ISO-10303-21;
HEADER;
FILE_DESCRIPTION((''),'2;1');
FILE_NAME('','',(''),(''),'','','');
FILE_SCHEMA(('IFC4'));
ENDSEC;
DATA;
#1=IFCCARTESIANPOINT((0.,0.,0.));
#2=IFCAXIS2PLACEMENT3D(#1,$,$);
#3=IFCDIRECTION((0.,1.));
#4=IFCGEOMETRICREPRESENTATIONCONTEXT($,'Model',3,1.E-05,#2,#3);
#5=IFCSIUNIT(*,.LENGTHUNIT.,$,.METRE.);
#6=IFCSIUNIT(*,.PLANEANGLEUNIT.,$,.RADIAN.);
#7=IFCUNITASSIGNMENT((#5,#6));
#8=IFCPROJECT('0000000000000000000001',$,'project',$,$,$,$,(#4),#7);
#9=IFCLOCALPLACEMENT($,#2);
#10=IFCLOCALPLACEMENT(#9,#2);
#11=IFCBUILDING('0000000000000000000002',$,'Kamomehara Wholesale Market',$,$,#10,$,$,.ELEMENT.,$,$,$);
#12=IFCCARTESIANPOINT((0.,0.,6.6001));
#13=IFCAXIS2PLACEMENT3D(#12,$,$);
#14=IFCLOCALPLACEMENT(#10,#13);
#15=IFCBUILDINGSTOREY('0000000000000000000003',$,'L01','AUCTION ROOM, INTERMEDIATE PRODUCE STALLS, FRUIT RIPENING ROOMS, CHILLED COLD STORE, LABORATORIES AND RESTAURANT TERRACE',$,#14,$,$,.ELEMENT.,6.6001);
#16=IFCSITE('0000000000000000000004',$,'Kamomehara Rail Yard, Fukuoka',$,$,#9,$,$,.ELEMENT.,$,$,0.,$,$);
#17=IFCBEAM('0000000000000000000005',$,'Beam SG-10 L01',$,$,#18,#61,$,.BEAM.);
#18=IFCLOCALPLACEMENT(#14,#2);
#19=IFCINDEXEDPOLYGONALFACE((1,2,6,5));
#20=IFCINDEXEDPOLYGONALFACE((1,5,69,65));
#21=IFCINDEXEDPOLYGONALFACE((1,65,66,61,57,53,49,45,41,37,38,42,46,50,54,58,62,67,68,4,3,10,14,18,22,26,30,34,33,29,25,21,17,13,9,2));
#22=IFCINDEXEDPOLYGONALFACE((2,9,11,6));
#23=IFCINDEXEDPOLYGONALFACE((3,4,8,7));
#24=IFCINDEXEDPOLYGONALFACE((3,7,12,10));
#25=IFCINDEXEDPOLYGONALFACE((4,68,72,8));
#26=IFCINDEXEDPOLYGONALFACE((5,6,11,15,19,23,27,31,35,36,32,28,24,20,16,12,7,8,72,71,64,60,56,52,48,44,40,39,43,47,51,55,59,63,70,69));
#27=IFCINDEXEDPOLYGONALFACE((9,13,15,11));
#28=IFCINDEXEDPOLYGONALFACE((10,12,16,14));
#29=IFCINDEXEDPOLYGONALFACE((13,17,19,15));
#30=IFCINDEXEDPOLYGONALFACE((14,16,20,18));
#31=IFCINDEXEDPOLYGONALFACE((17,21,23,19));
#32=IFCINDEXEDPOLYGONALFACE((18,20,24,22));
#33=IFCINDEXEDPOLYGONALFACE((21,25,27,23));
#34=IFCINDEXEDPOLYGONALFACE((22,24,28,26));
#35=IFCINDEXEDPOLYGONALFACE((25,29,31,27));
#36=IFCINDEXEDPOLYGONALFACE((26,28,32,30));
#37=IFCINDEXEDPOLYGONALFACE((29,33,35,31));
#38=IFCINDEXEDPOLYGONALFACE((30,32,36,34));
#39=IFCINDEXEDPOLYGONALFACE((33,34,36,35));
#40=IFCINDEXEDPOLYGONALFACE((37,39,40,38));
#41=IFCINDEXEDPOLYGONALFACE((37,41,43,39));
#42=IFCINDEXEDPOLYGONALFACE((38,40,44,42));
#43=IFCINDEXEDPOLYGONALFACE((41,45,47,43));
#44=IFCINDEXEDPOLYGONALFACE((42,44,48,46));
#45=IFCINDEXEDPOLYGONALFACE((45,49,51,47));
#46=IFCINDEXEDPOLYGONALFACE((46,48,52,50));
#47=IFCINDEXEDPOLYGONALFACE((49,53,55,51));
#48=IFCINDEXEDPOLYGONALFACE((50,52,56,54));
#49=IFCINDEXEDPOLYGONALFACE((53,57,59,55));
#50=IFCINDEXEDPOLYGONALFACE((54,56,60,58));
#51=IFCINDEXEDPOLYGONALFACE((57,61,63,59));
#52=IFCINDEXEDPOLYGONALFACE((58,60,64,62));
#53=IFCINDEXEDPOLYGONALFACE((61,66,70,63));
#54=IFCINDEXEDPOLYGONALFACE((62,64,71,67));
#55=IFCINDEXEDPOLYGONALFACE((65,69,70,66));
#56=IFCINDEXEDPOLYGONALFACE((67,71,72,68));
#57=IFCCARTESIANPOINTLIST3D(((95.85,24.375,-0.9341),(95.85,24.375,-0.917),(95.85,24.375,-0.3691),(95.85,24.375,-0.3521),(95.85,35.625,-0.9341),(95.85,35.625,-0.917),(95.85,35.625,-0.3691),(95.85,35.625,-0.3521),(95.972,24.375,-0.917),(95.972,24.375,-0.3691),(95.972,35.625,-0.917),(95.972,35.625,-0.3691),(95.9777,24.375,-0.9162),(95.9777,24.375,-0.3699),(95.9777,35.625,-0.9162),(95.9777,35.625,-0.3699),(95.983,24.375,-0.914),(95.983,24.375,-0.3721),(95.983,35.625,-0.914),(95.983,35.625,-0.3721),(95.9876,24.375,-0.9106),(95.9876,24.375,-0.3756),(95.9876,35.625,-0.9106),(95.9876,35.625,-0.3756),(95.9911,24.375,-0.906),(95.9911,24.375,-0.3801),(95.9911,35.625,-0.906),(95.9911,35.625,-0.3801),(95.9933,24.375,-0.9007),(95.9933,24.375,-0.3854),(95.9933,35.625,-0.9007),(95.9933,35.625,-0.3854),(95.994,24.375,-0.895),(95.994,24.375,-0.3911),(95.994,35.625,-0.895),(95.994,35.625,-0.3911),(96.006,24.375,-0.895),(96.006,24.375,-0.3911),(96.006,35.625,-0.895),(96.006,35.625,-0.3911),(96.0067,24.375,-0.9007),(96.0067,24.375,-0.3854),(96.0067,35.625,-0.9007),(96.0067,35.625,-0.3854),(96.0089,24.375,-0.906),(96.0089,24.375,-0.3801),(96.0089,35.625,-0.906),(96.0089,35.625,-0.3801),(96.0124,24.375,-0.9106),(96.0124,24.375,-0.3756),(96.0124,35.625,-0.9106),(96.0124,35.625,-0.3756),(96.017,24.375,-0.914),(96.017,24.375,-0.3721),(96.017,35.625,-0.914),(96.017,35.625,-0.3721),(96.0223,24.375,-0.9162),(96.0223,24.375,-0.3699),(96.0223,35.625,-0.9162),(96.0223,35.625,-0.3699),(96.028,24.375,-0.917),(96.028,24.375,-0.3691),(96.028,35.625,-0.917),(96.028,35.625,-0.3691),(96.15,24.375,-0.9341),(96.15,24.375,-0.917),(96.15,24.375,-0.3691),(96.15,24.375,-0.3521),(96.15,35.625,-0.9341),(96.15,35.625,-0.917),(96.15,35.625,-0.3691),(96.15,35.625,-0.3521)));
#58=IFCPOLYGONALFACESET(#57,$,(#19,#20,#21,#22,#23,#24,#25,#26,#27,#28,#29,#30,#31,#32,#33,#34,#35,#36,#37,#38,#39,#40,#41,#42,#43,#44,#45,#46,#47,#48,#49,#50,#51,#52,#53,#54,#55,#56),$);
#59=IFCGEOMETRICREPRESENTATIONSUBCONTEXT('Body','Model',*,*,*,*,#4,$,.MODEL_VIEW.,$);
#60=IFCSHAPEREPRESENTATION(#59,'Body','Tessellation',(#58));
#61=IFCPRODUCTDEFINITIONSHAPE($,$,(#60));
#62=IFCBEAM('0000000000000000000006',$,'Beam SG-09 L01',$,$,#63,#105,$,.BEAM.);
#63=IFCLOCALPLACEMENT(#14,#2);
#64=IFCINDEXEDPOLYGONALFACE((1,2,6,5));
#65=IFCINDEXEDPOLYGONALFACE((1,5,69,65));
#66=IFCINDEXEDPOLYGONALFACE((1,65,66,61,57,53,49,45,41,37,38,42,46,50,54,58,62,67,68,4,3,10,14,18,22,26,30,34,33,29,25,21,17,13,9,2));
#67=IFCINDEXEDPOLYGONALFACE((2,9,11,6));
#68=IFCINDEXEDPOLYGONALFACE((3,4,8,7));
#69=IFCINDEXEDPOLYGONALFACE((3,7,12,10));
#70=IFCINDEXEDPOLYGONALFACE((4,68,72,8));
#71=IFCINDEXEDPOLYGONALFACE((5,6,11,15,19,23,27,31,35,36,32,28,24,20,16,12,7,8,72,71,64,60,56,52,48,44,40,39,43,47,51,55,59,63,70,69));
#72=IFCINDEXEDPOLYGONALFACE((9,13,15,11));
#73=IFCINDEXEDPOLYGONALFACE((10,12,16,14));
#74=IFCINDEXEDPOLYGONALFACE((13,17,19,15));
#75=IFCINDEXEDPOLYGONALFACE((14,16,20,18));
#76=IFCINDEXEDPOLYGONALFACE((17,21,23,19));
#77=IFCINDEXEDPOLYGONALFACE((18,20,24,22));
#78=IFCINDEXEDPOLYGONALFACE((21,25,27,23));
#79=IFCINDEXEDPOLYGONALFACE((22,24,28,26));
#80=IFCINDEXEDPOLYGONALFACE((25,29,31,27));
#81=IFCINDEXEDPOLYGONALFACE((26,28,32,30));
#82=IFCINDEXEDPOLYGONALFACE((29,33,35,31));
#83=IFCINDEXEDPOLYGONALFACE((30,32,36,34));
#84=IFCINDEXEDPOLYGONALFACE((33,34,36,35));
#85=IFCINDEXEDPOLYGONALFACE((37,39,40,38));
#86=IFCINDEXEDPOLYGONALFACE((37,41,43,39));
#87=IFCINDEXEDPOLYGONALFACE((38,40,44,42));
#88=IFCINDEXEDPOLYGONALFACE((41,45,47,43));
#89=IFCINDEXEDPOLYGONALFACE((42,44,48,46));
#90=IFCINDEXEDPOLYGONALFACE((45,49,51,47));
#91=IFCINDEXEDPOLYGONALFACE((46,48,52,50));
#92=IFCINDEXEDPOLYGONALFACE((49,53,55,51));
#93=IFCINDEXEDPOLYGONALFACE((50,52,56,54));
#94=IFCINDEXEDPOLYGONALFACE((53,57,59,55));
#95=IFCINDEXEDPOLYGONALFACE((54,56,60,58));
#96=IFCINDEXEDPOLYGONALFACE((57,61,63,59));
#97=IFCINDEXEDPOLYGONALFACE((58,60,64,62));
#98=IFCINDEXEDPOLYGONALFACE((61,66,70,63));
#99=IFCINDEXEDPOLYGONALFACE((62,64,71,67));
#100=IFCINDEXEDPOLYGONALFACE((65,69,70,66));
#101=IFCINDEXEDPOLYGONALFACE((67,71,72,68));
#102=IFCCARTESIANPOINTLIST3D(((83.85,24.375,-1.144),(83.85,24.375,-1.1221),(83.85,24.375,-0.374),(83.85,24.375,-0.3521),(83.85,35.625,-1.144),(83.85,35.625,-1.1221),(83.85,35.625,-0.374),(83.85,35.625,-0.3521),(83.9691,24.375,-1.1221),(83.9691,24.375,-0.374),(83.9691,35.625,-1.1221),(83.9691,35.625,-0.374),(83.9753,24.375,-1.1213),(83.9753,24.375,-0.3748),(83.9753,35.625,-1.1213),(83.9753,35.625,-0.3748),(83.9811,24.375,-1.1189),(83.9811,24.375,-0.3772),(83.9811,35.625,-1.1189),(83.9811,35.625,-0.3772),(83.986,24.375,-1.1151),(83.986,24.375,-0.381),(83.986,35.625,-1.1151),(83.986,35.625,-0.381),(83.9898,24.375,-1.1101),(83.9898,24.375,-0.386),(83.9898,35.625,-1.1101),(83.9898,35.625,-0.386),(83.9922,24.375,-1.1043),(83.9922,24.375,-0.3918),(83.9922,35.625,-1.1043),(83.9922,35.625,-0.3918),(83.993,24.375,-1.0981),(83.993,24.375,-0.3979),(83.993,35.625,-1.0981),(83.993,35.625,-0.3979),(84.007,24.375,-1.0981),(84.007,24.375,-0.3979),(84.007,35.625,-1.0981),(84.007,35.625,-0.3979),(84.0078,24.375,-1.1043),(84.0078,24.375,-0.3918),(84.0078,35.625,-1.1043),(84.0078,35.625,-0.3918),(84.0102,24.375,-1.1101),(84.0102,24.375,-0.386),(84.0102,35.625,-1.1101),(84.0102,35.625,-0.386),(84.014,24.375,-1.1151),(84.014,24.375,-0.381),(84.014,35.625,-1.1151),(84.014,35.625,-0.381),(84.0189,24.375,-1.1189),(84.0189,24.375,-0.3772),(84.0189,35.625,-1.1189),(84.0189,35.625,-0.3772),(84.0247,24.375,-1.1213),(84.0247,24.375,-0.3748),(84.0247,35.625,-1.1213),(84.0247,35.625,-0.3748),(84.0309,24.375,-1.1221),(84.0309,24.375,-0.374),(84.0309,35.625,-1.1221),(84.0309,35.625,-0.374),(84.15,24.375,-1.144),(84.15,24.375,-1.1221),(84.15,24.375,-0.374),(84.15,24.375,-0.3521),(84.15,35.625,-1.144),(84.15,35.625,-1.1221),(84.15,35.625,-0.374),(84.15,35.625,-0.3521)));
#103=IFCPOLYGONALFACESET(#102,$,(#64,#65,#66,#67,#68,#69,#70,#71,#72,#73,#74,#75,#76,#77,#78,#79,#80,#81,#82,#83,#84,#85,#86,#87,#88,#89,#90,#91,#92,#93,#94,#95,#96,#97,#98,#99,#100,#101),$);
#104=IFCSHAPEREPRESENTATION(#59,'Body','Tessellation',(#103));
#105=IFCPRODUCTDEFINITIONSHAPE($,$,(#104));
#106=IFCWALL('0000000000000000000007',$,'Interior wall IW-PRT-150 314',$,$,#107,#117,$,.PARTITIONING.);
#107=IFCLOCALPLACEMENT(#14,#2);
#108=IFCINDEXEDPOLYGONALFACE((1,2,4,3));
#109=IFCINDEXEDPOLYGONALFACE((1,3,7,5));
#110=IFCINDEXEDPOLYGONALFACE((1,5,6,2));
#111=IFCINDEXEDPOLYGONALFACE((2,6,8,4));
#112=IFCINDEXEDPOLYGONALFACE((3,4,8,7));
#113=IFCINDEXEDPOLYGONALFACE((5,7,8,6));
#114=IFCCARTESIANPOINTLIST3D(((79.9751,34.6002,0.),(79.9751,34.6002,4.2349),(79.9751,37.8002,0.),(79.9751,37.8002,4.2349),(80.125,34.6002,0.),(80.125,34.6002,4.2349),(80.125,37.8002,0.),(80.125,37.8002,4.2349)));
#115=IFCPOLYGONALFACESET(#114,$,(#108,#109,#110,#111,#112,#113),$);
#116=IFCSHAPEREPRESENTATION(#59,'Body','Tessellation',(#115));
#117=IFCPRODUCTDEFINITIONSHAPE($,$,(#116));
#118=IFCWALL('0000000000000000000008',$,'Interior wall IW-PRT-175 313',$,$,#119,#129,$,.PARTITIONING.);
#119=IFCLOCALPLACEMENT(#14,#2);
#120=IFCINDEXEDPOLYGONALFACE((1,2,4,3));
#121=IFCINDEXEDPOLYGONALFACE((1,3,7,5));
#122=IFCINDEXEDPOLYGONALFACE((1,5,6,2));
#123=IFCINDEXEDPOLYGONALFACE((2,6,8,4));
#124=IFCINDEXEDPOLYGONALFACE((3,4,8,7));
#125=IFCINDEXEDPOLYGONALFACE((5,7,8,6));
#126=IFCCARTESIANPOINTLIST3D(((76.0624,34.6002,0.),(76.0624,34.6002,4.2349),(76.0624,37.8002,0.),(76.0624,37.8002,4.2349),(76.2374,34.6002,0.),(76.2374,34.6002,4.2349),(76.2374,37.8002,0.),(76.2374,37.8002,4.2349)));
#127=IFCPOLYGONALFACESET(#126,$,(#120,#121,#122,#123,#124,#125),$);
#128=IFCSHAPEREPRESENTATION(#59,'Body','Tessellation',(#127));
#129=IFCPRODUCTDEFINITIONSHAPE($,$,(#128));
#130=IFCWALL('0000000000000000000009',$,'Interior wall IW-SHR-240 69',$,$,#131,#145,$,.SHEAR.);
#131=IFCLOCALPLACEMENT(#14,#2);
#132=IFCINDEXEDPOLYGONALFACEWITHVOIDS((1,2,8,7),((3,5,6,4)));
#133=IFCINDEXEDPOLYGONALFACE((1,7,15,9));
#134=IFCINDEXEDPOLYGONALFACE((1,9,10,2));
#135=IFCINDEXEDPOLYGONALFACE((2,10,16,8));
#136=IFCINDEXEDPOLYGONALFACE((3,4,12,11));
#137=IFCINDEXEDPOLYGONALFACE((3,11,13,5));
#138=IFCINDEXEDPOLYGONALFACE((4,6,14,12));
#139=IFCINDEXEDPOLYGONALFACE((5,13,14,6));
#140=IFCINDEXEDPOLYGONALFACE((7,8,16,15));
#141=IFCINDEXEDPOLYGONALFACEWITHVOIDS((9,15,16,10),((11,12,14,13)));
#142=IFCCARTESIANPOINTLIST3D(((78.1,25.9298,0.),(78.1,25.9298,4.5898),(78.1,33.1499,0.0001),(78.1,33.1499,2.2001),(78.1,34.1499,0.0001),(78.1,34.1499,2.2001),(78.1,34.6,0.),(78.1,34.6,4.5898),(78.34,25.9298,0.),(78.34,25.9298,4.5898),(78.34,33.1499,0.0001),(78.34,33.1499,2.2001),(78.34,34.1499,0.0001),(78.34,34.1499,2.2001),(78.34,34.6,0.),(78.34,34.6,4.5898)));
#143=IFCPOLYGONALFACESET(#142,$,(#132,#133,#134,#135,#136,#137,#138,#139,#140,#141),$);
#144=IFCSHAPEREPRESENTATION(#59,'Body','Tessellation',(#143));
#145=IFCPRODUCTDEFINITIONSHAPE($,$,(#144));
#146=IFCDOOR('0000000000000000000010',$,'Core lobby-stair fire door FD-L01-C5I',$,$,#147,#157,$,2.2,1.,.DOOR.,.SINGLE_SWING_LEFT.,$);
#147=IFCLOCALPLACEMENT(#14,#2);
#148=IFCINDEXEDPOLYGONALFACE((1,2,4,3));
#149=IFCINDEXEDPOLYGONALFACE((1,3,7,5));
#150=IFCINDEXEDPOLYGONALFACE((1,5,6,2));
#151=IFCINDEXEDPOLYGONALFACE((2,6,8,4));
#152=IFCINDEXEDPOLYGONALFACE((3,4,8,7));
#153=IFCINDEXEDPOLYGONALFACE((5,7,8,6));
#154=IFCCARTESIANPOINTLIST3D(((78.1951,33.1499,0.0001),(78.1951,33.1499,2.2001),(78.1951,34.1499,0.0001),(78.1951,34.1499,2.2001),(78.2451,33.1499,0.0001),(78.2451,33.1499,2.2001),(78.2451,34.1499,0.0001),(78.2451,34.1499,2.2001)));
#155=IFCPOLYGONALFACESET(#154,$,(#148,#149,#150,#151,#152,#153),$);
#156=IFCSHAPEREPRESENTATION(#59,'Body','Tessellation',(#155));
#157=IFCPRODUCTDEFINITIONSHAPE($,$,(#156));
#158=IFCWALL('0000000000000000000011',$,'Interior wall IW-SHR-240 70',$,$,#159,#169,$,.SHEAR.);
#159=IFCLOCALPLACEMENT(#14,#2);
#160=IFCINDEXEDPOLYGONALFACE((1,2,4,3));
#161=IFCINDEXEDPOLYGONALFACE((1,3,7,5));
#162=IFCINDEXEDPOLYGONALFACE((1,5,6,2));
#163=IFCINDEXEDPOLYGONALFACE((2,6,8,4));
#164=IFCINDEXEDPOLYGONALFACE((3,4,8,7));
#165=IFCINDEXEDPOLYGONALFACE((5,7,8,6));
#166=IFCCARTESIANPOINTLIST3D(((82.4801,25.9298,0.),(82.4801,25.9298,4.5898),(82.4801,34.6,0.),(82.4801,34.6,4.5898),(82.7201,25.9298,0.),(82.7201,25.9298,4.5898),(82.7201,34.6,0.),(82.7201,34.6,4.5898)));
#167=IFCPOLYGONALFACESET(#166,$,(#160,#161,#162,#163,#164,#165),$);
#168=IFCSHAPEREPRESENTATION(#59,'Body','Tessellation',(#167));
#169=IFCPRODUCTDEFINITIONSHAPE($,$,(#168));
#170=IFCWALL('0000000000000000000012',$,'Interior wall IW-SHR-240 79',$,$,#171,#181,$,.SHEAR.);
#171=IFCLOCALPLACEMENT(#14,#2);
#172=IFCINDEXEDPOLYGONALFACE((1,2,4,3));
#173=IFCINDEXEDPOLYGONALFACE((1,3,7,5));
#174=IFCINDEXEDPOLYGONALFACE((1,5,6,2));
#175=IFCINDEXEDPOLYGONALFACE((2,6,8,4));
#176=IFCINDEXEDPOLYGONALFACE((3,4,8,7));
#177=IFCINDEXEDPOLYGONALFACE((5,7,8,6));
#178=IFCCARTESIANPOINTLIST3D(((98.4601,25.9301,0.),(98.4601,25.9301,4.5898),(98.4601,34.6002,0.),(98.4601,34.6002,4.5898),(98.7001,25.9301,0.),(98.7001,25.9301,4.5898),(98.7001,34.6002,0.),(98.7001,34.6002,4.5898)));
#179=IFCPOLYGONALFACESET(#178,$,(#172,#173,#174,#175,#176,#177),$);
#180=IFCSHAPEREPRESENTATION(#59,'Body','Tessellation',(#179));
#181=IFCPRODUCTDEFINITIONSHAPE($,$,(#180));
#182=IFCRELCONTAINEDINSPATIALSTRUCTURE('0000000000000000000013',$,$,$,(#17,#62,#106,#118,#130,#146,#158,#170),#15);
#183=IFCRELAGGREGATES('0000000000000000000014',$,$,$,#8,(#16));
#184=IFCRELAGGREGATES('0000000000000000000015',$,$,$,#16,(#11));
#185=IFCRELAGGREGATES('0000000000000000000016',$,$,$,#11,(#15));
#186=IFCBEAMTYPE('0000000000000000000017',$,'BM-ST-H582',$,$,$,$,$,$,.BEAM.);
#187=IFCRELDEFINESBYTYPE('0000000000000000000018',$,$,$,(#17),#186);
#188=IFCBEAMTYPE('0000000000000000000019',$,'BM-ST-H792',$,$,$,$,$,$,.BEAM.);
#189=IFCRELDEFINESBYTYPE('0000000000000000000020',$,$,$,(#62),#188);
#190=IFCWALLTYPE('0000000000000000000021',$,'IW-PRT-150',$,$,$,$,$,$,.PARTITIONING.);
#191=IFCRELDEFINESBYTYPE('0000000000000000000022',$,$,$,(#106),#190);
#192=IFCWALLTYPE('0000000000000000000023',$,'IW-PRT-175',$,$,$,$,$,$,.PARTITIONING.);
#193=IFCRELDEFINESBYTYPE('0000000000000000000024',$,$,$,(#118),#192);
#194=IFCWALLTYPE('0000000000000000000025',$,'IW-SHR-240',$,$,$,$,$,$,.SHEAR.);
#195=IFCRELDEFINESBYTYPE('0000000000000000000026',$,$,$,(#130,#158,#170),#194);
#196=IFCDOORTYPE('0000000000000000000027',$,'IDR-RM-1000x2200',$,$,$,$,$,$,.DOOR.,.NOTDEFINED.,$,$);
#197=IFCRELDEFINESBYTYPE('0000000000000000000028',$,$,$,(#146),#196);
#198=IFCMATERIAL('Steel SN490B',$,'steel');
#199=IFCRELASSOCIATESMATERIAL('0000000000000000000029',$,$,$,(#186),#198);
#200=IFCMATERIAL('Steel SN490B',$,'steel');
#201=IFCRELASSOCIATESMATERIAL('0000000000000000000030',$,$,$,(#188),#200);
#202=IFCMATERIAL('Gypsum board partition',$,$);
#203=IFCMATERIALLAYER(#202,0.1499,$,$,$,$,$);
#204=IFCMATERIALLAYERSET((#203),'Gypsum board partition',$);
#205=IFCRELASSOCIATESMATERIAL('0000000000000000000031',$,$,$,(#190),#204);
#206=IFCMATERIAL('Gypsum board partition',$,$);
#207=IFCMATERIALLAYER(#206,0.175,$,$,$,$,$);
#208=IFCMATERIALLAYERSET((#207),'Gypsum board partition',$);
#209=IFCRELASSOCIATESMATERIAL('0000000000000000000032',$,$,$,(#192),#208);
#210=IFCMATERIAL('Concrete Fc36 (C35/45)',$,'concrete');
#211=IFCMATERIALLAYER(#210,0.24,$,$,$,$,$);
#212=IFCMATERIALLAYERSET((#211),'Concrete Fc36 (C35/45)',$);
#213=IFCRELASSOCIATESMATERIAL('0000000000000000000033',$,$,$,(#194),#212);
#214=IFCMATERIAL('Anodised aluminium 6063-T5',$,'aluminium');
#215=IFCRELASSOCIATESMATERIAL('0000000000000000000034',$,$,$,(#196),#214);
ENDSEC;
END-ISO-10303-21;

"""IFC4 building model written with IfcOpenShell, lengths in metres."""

from ifc_helpers import new_model, si_unit, direction, frame, frame_2d, origin, origin_2d, place, context, subcontext, project, spatial, rectangle, i_section, extrude, material, layer, layer_set, material_profile, profile_set, type_object, element, fill, save


model = new_model("IFC4")

# Units and contexts
model_context = context("Model", 3, precision=1e-05, world=origin(), true_north=direction((0.0, 1.0)))
body_context = subcontext(model_context, "Body", "Model", "MODEL_VIEW")
ifc_project = project(units=[si_unit("LENGTHUNIT", "METRE"), si_unit("PLANEANGLEUNIT", "RADIAN")], contexts=[model_context])

# Site, building, storey
site_placement = place(None, origin())
site = spatial("IfcSite", under=ifc_project, at=site_placement, Name="Kamomehara Rail Yard, Fukuoka", CompositionType="ELEMENT", RefElevation=0.0)
building_placement = place(site_placement, origin())
building = spatial("IfcBuilding", under=site, at=building_placement, Name="Kamomehara Wholesale Market", CompositionType="ELEMENT")
storey_placement = place(building_placement, frame((0.0, 0.0, 6.6001)))
storey = spatial("IfcBuildingStorey", under=building, at=storey_placement, Name="L01", Description="AUCTION ROOM, INTERMEDIATE PRODUCE STALLS, FRUIT RIPENING ROOMS, CHILLED COLD STORE, LABORATORIES AND RESTAURANT TERRACE", CompositionType="ELEMENT", Elevation=6.6001)

# Beams
ifc_material_1 = material(Name="Steel SN490B", Category="steel")
ifc_material_profile_1 = material_profile(ifc_material_1, i_section(OverallWidth=0.3, OverallDepth=0.582, WebThickness=0.012, FlangeThickness=0.0171, FilletRadius=0.022, at=origin_2d()), Name="H-582x300x12x17")
ifc_profile_set_1 = profile_set([ifc_material_profile_1], Name="Steel SN490B")
beam_type_1 = type_object("IfcBeamType", Name="BM-ST-H582", PredefinedType="BEAM", material=ifc_profile_set_1)
beam_1_placement = place(storey_placement, frame((96.0, 24.375, -0.6431), z_axis=(0.0, 1.0, 0.0), x_axis=(-1.0, 0.0, 0.0)))
element("IfcBeam", 1, at=beam_1_placement, inside=storey, type_object=beam_type_1, Name="Beam SG-10 L01", PredefinedType="BEAM", context=body_context, shape_type="SweptSolid", body=[
    extrude(i_section(OverallWidth=0.3, OverallDepth=0.582, WebThickness=0.012, FlangeThickness=0.0171, FilletRadius=0.022, at=origin_2d()), origin(), (0.0, 0.0, 1.0), 11.25),
])
ifc_material_2 = material(Name="Steel SN490B", Category="steel")
ifc_material_profile_2 = material_profile(ifc_material_2, i_section(OverallWidth=0.3, OverallDepth=0.792, WebThickness=0.0139, FlangeThickness=0.022, FilletRadius=0.0239, at=origin_2d()), Name="H-792x300x14x22")
ifc_profile_set_2 = profile_set([ifc_material_profile_2], Name="Steel SN490B")
beam_type_2 = type_object("IfcBeamType", Name="BM-ST-H792", PredefinedType="BEAM", material=ifc_profile_set_2)
beam_2_placement = place(storey_placement, frame((84.0, 24.375, -0.748), z_axis=(0.0, 1.0, 0.0), x_axis=(-1.0, 0.0, 0.0)))
element("IfcBeam", 2, at=beam_2_placement, inside=storey, type_object=beam_type_2, Name="Beam SG-09 L01", PredefinedType="BEAM", context=body_context, shape_type="SweptSolid", body=[
    extrude(i_section(OverallWidth=0.3, OverallDepth=0.792, WebThickness=0.0139, FlangeThickness=0.022, FilletRadius=0.0239, at=origin_2d()), origin(), (0.0, 0.0, 1.0), 11.25),
])

# Walls
ifc_material_3 = material(Name="Gypsum board partition")
ifc_layer_1 = layer(ifc_material_3, 0.1499)
ifc_layer_set_1 = layer_set([ifc_layer_1], Name="Gypsum board partition")
wall_type_1 = type_object("IfcWallType", Name="IW-PRT-150", PredefinedType="PARTITIONING", material=ifc_layer_set_1)
wall_1_placement = place(storey_placement, frame((80.05, 34.6001, 0.0), z_axis=(0.0, 0.0, 1.0), x_axis=(0.0, 1.0, 0.0)))
element("IfcWall", 3, at=wall_1_placement, inside=storey, type_object=wall_type_1, Name="Interior wall IW-PRT-150 314", PredefinedType="PARTITIONING", context=body_context, shape_type="SweptSolid", body=[
    extrude(rectangle(XDim=3.2, YDim=0.1499, at=frame_2d((1.6001, 0.0))), origin(), (0.0, 0.0, 1.0), 4.2349),
])
ifc_material_4 = material(Name="Gypsum board partition")
ifc_layer_2 = layer(ifc_material_4, 0.175)
ifc_layer_set_2 = layer_set([ifc_layer_2], Name="Gypsum board partition")
wall_type_2 = type_object("IfcWallType", Name="IW-PRT-175", PredefinedType="PARTITIONING", material=ifc_layer_set_2)
wall_2_placement = place(storey_placement, frame((76.1499, 34.6001, 0.0), z_axis=(0.0, 0.0, 1.0), x_axis=(0.0, 1.0, 0.0)))
element("IfcWall", 4, at=wall_2_placement, inside=storey, type_object=wall_type_2, Name="Interior wall IW-PRT-175 313", PredefinedType="PARTITIONING", context=body_context, shape_type="SweptSolid", body=[
    extrude(rectangle(XDim=3.2, YDim=0.175, at=frame_2d((1.6001, 0.0))), origin(), (0.0, 0.0, 1.0), 4.2349),
])

# Wall, opening, door
ifc_material_5 = material(Name="Concrete Fc36 (C35/45)", Category="concrete")
ifc_layer_3 = layer(ifc_material_5, 0.24)
ifc_layer_set_3 = layer_set([ifc_layer_3], Name="Concrete Fc36 (C35/45)")
wall_type_3 = type_object("IfcWallType", Name="IW-SHR-240", PredefinedType="SHEAR", material=ifc_layer_set_3)
wall_3_placement = place(storey_placement, frame((78.22, 25.9299, 0.0), z_axis=(0.0, 0.0, 1.0), x_axis=(0.0, 1.0, 0.0)))
wall_3 = element("IfcWall", 5, at=wall_3_placement, inside=storey, type_object=wall_type_3, Name="Interior wall IW-SHR-240 69", PredefinedType="SHEAR", context=body_context, shape_type="SweptSolid", body=[
    extrude(rectangle(XDim=8.6702, YDim=0.24, at=frame_2d((4.335, 0.0))), origin(), (0.0, 0.0, 1.0), 4.5898),
])
opening_1_placement = place(wall_3_placement, frame((7.22, 0.0, 0.0)))
opening_1 = element("IfcOpeningElement", 6, at=opening_1_placement, cuts=wall_3, PredefinedType="OPENING", context=body_context, shape_type="SweptSolid", body=[
    extrude(rectangle(XDim=1.0, YDim=2.2, at=frame_2d((0.5, 1.1001))), frame((0.0, 0.1348, 0.0), z_axis=(0.0, -1.0, 0.0), x_axis=(1.0, 0.0, 0.0)), (0.0, 0.0, 1.0), 0.2698),
])
ifc_material_6 = material(Name="Anodised aluminium 6063-T5", Category="aluminium")
door_type_1 = type_object("IfcDoorType", Name="IDR-RM-1000x2200", OperationType="NOTDEFINED", PredefinedType="DOOR", material=ifc_material_6)
door_1_placement = place(opening_1_placement, origin())
door_1 = element("IfcDoor", 7, at=door_1_placement, inside=storey, type_object=door_type_1, Name="Core lobby-stair fire door FD-L01-C5I", OperationType="SINGLE_SWING_LEFT", OverallHeight=2.2, OverallWidth=1.0, PredefinedType="DOOR", context=body_context, shape_type="SweptSolid", body=[
    extrude(rectangle(XDim=1.0, YDim=2.2, at=frame_2d((0.5, 1.1001))), frame((0.0, 0.0249, 0.0), z_axis=(0.0, -1.0, 0.0), x_axis=(1.0, 0.0, 0.0)), (0.0, 0.0, 1.0), 0.05),
])
fill(opening_1, door_1)

# Walls
for number, where, z_axis, x_axis, name in (
    (8, (82.6001, 25.9299, 0.0), (0.0, 0.0, 1.0), (0.0, 1.0, 0.0), "Interior wall IW-SHR-240 70"),
    (9, (98.5801, 34.6001, 0.0), (0.0, 0.0, 1.0), (0.0, -1.0, 0.0), "Interior wall IW-SHR-240 79"),
):
    element("IfcWall", number, at=place(storey_placement, frame(where, z_axis=z_axis, x_axis=x_axis)), inside=storey, type_object=wall_type_3, Name=name, PredefinedType="SHEAR", context=body_context, shape_type="SweptSolid", body=[
        extrude(rectangle(XDim=8.6702, YDim=0.24, at=frame_2d((4.335, 0.0))), origin(), (0.0, 0.0, 1.0), 4.5898),
    ])

save(model, "model.ifc")
